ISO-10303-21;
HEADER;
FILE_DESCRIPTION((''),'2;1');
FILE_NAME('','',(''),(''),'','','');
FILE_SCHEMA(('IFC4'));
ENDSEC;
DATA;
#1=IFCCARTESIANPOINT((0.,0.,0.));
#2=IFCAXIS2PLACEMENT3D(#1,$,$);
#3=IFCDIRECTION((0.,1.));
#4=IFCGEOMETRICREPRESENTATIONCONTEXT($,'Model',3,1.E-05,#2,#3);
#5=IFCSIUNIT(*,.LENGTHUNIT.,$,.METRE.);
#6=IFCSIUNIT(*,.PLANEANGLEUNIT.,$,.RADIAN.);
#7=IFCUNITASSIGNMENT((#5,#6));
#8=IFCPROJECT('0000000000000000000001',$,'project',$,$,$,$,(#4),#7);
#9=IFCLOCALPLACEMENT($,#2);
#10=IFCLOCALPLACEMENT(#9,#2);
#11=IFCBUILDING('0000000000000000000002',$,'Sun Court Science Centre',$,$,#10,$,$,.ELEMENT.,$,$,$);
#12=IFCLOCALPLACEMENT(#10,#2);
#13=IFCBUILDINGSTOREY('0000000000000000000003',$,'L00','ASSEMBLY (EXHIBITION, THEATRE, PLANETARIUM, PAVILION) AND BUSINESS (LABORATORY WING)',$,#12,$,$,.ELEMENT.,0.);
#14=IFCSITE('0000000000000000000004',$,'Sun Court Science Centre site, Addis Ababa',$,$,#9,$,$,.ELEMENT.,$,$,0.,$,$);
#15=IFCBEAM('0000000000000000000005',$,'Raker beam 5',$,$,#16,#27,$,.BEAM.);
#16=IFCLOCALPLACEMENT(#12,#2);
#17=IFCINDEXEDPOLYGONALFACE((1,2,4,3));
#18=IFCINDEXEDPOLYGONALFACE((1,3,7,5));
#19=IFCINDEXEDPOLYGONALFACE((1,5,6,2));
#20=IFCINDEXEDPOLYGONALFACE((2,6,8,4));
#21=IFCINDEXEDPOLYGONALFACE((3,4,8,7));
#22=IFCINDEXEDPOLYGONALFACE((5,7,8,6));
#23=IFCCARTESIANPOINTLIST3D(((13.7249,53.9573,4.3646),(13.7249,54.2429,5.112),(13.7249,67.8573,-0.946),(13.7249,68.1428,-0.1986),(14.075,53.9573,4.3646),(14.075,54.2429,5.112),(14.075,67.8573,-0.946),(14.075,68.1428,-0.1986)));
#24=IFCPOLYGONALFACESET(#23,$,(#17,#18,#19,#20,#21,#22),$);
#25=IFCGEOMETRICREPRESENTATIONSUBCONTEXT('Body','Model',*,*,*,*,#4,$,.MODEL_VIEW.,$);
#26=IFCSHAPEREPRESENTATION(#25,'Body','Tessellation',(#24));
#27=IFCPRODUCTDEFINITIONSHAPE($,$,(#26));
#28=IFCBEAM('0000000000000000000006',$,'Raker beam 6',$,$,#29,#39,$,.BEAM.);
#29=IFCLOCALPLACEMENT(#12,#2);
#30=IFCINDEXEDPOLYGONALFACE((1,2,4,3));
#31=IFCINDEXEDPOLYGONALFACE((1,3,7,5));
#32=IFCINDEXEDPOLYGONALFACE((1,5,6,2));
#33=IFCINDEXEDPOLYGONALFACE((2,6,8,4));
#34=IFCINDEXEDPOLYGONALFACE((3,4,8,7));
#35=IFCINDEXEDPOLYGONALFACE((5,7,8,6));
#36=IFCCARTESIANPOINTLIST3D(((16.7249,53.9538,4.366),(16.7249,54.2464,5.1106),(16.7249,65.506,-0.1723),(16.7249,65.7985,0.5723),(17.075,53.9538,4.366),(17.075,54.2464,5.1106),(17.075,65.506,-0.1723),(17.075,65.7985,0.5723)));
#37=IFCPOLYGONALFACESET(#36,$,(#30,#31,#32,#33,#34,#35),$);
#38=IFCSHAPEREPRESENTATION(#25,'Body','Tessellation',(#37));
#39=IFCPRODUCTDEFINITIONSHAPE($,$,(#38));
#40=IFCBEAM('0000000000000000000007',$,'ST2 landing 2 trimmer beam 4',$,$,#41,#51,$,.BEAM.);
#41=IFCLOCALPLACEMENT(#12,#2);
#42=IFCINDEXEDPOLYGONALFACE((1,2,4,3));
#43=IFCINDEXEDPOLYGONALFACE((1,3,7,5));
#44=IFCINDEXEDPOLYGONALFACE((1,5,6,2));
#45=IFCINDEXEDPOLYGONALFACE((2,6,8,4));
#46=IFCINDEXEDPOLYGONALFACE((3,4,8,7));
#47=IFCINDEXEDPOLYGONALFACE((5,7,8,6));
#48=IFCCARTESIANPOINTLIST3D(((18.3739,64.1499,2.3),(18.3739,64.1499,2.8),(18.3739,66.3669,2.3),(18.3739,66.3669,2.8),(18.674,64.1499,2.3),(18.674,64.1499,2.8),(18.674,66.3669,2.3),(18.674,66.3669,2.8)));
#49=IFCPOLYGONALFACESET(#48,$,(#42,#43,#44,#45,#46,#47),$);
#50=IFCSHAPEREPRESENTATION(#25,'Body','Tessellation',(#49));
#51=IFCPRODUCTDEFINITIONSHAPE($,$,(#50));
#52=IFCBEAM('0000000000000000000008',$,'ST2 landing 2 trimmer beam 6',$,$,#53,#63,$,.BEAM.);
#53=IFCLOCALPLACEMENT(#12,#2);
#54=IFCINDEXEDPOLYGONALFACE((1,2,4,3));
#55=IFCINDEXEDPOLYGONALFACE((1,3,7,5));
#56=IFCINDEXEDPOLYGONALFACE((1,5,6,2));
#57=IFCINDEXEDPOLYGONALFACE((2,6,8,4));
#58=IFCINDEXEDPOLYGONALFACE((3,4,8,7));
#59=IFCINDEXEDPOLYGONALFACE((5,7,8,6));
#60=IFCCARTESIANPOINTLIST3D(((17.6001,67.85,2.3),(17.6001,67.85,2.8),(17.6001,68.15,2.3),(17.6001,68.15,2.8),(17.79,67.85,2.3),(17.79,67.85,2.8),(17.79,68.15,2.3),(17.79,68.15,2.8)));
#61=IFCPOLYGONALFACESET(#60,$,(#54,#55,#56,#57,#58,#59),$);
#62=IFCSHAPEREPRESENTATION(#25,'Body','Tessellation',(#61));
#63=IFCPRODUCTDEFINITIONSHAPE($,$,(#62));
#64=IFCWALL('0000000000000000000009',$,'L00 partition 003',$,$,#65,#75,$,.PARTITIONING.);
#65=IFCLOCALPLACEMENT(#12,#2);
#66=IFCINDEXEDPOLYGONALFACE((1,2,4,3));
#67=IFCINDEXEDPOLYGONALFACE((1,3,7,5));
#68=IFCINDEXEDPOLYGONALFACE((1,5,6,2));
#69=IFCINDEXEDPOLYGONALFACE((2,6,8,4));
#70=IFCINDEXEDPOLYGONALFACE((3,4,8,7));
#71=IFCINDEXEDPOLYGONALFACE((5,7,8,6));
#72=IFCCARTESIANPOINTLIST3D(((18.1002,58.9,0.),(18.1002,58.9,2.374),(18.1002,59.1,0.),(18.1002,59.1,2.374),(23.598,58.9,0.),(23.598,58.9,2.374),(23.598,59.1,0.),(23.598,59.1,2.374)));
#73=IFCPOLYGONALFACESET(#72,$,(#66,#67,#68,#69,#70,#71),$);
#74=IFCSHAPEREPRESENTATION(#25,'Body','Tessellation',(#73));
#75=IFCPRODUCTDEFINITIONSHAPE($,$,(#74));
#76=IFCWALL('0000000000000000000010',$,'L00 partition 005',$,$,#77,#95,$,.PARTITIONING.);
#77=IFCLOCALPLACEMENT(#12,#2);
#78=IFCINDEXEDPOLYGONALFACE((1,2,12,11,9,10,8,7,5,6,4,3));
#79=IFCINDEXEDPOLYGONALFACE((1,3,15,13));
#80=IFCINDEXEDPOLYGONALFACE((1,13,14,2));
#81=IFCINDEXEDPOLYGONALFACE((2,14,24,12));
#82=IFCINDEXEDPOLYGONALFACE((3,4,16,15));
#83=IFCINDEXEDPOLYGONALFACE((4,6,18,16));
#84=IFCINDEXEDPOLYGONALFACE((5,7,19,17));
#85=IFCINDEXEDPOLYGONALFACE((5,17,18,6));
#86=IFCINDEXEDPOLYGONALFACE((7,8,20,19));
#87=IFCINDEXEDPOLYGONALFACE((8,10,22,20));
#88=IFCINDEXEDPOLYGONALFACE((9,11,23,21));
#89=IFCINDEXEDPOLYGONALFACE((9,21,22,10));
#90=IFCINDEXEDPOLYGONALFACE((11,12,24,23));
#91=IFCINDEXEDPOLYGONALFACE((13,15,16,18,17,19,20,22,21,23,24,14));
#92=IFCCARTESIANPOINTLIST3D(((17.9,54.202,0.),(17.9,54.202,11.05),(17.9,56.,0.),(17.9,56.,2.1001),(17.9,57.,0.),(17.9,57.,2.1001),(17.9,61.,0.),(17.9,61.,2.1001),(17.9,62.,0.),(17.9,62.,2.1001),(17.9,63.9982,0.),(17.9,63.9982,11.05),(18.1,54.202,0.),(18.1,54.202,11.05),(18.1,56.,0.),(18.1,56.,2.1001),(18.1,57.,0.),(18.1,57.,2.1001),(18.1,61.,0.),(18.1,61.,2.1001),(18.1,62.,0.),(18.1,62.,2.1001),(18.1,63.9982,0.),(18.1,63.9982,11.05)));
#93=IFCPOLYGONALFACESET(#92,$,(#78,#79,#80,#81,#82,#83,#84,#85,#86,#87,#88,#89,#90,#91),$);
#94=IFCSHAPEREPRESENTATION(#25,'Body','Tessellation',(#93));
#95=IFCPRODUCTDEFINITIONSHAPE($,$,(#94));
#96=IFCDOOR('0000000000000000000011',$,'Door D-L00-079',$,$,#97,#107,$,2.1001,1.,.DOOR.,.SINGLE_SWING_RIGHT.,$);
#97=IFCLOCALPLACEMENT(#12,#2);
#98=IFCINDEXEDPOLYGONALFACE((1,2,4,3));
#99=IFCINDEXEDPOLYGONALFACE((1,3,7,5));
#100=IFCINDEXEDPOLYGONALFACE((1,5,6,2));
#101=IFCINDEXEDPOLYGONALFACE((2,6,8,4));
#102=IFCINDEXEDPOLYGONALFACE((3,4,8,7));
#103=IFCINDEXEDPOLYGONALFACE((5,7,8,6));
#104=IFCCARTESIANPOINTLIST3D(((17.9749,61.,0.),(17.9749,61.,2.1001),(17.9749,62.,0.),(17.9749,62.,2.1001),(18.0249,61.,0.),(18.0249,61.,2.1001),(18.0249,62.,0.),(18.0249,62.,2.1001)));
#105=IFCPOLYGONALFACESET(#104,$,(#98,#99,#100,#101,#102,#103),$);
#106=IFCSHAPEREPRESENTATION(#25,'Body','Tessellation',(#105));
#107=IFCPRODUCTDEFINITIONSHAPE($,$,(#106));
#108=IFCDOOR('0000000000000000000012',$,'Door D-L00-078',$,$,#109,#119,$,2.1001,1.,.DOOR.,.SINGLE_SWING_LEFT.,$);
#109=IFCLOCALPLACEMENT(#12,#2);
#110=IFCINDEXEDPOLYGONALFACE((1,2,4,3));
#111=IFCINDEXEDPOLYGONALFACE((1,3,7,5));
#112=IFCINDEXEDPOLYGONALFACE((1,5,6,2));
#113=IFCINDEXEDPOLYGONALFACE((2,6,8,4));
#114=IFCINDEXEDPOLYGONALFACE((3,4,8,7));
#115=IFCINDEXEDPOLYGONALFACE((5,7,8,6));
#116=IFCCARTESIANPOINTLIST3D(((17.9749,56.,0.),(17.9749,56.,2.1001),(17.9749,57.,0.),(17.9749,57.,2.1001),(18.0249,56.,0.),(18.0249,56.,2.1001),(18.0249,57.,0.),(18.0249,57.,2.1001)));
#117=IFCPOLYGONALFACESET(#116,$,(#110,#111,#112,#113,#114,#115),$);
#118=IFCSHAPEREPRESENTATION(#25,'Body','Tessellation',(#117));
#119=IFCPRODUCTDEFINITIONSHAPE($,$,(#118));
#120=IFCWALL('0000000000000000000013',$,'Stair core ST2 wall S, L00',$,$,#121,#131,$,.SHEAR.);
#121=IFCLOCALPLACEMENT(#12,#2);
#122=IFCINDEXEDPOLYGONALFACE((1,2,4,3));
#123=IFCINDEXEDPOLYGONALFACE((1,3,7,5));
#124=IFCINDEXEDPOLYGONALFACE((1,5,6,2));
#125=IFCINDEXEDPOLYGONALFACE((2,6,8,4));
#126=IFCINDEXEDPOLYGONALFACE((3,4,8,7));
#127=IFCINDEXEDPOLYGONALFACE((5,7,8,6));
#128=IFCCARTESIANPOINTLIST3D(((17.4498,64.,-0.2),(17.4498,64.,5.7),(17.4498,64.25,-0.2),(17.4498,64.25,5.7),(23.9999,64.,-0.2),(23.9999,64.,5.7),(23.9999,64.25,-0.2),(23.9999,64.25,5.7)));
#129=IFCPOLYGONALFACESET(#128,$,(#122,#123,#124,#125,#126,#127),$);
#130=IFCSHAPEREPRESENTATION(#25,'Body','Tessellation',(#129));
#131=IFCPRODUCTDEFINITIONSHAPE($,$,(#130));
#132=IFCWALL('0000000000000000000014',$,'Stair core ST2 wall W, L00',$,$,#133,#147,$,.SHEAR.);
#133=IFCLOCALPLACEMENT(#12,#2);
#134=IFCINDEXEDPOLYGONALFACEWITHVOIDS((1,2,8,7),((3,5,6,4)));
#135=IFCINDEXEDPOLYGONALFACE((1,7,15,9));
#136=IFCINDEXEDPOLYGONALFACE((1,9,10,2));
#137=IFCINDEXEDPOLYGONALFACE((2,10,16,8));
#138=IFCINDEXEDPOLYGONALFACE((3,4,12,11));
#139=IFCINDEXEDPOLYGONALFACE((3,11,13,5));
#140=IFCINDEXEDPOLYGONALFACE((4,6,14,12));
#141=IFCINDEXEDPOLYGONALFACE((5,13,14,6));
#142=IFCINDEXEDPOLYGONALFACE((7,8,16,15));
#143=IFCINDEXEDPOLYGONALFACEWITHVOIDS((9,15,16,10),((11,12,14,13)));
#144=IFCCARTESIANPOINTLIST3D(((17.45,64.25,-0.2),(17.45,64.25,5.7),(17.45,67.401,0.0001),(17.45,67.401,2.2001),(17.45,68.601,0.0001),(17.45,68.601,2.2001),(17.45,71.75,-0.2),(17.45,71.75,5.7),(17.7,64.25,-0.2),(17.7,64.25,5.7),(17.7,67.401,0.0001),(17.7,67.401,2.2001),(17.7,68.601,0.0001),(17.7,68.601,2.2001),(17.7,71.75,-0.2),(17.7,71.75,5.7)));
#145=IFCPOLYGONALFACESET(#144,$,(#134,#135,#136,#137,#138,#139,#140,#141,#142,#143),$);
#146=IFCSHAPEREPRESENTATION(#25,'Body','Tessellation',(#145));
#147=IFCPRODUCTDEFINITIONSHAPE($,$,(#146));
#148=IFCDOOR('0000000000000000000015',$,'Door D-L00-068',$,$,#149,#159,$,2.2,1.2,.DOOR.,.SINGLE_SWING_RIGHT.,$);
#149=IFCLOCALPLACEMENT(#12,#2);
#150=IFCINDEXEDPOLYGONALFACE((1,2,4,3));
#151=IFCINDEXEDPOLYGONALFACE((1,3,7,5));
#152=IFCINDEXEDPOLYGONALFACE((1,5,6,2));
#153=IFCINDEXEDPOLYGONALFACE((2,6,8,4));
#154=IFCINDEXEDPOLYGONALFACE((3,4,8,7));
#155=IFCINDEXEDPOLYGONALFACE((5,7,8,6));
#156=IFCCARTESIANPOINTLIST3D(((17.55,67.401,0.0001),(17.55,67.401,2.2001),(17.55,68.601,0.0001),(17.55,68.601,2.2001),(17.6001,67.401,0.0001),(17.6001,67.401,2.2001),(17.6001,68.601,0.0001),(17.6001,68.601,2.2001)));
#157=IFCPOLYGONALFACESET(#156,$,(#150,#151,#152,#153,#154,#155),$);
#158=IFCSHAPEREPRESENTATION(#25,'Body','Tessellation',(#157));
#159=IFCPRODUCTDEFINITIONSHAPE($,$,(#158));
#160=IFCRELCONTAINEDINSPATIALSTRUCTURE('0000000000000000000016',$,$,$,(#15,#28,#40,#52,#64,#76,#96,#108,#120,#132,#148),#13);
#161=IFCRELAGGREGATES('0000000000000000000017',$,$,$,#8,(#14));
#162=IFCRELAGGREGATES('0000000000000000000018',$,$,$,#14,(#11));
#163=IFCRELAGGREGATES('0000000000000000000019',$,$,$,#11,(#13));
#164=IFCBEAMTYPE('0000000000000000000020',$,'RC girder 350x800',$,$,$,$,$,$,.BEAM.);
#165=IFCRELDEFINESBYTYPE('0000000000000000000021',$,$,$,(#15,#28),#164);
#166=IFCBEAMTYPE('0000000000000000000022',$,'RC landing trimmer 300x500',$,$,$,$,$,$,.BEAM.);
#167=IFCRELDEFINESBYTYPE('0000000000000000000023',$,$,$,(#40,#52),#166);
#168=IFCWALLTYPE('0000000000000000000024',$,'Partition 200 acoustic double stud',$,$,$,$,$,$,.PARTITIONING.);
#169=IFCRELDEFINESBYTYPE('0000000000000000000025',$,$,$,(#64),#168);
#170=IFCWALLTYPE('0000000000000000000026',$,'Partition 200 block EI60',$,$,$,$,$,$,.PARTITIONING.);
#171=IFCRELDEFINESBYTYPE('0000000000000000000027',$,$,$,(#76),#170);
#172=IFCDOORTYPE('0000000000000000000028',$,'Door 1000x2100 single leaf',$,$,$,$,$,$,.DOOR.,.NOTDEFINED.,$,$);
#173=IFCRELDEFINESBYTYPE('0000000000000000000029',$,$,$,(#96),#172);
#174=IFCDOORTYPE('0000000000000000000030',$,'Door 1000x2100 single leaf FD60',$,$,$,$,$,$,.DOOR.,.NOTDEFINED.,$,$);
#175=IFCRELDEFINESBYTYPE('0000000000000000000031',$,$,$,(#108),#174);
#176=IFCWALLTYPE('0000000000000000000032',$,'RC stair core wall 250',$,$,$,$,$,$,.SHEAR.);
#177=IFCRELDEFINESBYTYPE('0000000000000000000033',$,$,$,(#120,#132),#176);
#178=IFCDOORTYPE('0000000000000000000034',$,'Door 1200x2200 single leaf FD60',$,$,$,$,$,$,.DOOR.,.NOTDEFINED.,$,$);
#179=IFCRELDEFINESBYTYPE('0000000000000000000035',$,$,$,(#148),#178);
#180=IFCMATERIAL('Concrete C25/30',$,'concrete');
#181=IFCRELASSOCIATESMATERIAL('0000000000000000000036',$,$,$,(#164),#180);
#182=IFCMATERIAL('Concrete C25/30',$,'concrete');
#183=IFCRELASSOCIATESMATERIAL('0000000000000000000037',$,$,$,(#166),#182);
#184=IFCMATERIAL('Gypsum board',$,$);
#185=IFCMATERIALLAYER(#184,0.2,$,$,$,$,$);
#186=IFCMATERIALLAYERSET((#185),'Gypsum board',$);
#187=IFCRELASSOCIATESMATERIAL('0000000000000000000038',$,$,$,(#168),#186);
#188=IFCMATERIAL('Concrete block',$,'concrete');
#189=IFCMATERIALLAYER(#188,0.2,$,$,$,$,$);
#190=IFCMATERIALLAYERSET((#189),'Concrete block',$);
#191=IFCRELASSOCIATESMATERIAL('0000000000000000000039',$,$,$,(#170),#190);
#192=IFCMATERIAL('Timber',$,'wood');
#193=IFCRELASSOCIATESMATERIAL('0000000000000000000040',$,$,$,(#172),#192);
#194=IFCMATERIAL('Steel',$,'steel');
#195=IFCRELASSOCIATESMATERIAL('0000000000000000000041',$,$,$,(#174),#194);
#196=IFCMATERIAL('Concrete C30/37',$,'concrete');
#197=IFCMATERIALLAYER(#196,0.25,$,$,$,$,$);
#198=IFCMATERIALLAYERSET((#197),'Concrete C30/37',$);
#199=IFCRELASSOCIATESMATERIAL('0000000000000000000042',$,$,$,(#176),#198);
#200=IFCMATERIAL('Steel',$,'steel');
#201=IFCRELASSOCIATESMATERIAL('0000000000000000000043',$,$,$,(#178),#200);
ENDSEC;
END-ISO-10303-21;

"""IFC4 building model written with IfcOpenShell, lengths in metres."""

from ifc_helpers import new_model, si_unit, direction, frame, frame_2d, origin, origin_2d, place, context, subcontext, project, spatial, rectangle, extrude, material, layer, layer_set, material_profile, profile_set, type_object, element, fill, save


model = new_model("IFC4")

# Units and contexts
model_context = context("Model", 3, precision=1e-05, world=origin(), true_north=direction((0.0, 1.0)))
body_context = subcontext(model_context, "Body", "Model", "MODEL_VIEW")
ifc_project = project(units=[si_unit("LENGTHUNIT", "METRE"), si_unit("PLANEANGLEUNIT", "RADIAN")], contexts=[model_context])

# Site, building, storey
site_placement = place(None, origin())
site = spatial("IfcSite", under=ifc_project, at=site_placement, Name="Sun Court Science Centre site, Addis Ababa", CompositionType="ELEMENT", RefElevation=0.0)
building_placement = place(site_placement, origin())
building = spatial("IfcBuilding", under=site, at=building_placement, Name="Sun Court Science Centre", CompositionType="ELEMENT")
storey_placement = place(building_placement, origin())
storey = spatial("IfcBuildingStorey", under=building, at=storey_placement, Name="L00", Description="ASSEMBLY (EXHIBITION, THEATRE, PLANETARIUM, PAVILION) AND BUSINESS (LABORATORY WING)", CompositionType="ELEMENT", Elevation=0.0)

# Beams
ifc_material_1 = material(Name="Concrete C25/30", Category="concrete")
ifc_material_profile_1 = material_profile(ifc_material_1, rectangle(XDim=0.3501, YDim=0.8, at=origin_2d()), Name="RC 350x800")
ifc_profile_set_1 = profile_set([ifc_material_profile_1], Name="Concrete C25/30")
beam_type_1 = type_object("IfcBeamType", Name="RC girder 350x800", PredefinedType="BEAM", material=ifc_profile_set_1)
beam_1_placement = place(storey_placement, frame((13.8999, 54.1001, 4.7383), z_axis=(0.0, 0.934144, -0.356896), x_axis=(-1.0, 0.0, 0.0)))
element("IfcBeam", 1, at=beam_1_placement, inside=storey, type_object=beam_type_1, Name="Raker beam 5", PredefinedType="BEAM", context=body_context, shape_type="SweptSolid", body=[
    extrude(rectangle(XDim=0.3501, YDim=0.8, at=origin_2d()), origin(), (0.0, 0.0, 1.0), 14.8799),
])
beam_2_placement = place(storey_placement, frame((16.8999, 54.1001, 4.7383), z_axis=(0.0, 0.930753, -0.365649), x_axis=(-1.0, 0.0, 0.0)))
element("IfcBeam", 2, at=beam_2_placement, inside=storey, type_object=beam_type_1, Name="Raker beam 6", PredefinedType="BEAM", context=body_context, shape_type="SweptSolid", body=[
    extrude(rectangle(XDim=0.3501, YDim=0.8, at=origin_2d()), origin(), (0.0, 0.0, 1.0), 12.4116),
])
ifc_material_2 = material(Name="Concrete C25/30", Category="concrete")
ifc_material_profile_2 = material_profile(ifc_material_2, rectangle(XDim=0.3, YDim=0.5, at=origin_2d()), Name="RC 300x500")
ifc_profile_set_2 = profile_set([ifc_material_profile_2], Name="Concrete C25/30")
beam_type_2 = type_object("IfcBeamType", Name="RC landing trimmer 300x500", PredefinedType="BEAM", material=ifc_profile_set_2)
beam_3_placement = place(storey_placement, frame((18.5239, 64.1499, 2.55), z_axis=(0.0, 1.0, 0.0), x_axis=(-1.0, 0.0, 0.0)))
element("IfcBeam", 3, at=beam_3_placement, inside=storey, type_object=beam_type_2, Name="ST2 landing 2 trimmer beam 4", PredefinedType="BEAM", context=body_context, shape_type="SweptSolid", body=[
    extrude(rectangle(XDim=0.3, YDim=0.5, at=origin_2d()), origin(), (0.0, 0.0, 1.0), 2.217),
])
beam_4_placement = place(storey_placement, frame((17.6001, 68.0, 2.55), z_axis=(1.0, 0.0, 0.0), x_axis=(0.0, 1.0, 0.0)))
element("IfcBeam", 4, at=beam_4_placement, inside=storey, type_object=beam_type_2, Name="ST2 landing 2 trimmer beam 6", PredefinedType="BEAM", context=body_context, shape_type="SweptSolid", body=[
    extrude(rectangle(XDim=0.3, YDim=0.5, at=origin_2d()), origin(), (0.0, 0.0, 1.0), 0.1899),
])

# Wall
ifc_material_3 = material(Name="Gypsum board")
ifc_layer_1 = layer(ifc_material_3, 0.2)
ifc_layer_set_1 = layer_set([ifc_layer_1], Name="Gypsum board")
wall_type_1 = type_object("IfcWallType", Name="Partition 200 acoustic double stud", PredefinedType="PARTITIONING", material=ifc_layer_set_1)
wall_1_placement = place(storey_placement, frame((18.1001, 59.0, 0.0), z_axis=(0.0, 0.0, 1.0), x_axis=(1.0, 0.0, 0.0)))
element("IfcWall", 5, at=wall_1_placement, inside=storey, type_object=wall_type_1, Name="L00 partition 003", PredefinedType="PARTITIONING", context=body_context, shape_type="SweptSolid", body=[
    extrude(rectangle(XDim=5.4978, YDim=0.2, at=frame_2d((2.749, 0.0))), origin(), (0.0, 0.0, 1.0), 2.374),
])

# Wall, openings, doors
ifc_material_4 = material(Name="Concrete block", Category="concrete")
ifc_layer_2 = layer(ifc_material_4, 0.2)
ifc_layer_set_2 = layer_set([ifc_layer_2], Name="Concrete block")
wall_type_2 = type_object("IfcWallType", Name="Partition 200 block EI60", PredefinedType="PARTITIONING", material=ifc_layer_set_2)
wall_2_placement = place(storey_placement, frame((18.0, 63.998, 0.0), z_axis=(0.0, 0.0, 1.0), x_axis=(0.0, -1.0, 0.0)))
wall_2 = element("IfcWall", 6, at=wall_2_placement, inside=storey, type_object=wall_type_2, Name="L00 partition 005", PredefinedType="PARTITIONING", context=body_context, shape_type="SweptSolid", body=[
    extrude(rectangle(XDim=9.7961, YDim=0.2, at=frame_2d((4.8979, 0.0))), origin(), (0.0, 0.0, 1.0), 11.05),
])
opening_1_placement = place(wall_2_placement, frame((6.998, 0.0, 0.0)))
opening_1 = element("IfcOpeningElement", 7, at=opening_1_placement, cuts=wall_2, PredefinedType="OPENING", context=body_context, shape_type="SweptSolid", body=[
    extrude(rectangle(XDim=1.0, YDim=2.1001, at=frame_2d((0.5, 1.05))), frame((0.0, 0.1099, 0.0), z_axis=(0.0, -1.0, 0.0), x_axis=(1.0, 0.0, 0.0)), (0.0, 0.0, 1.0), 0.22),
])
opening_2_placement = place(wall_2_placement, frame((1.998, 0.0, 0.0)))
opening_2 = element("IfcOpeningElement", 8, at=opening_2_placement, cuts=wall_2, PredefinedType="OPENING", context=body_context, shape_type="SweptSolid", body=[
    extrude(rectangle(XDim=1.0, YDim=2.1001, at=frame_2d((0.5, 1.05))), frame((0.0, 0.1099, 0.0), z_axis=(0.0, -1.0, 0.0), x_axis=(1.0, 0.0, 0.0)), (0.0, 0.0, 1.0), 0.22),
])
ifc_material_5 = material(Name="Timber", Category="wood")
door_type_1 = type_object("IfcDoorType", Name="Door 1000x2100 single leaf", OperationType="NOTDEFINED", PredefinedType="DOOR", material=ifc_material_5)
door_1_placement = place(opening_2_placement, origin())
door_1 = element("IfcDoor", 9, at=door_1_placement, inside=storey, type_object=door_type_1, Name="Door D-L00-079", OperationType="SINGLE_SWING_RIGHT", OverallHeight=2.1001, OverallWidth=1.0, PredefinedType="DOOR", context=body_context, shape_type="SweptSolid", body=[
    extrude(rectangle(XDim=1.0, YDim=2.1001, at=frame_2d((0.5, 1.05))), frame((0.0, 0.0249, 0.0), z_axis=(0.0, -1.0, 0.0), x_axis=(1.0, 0.0, 0.0)), (0.0, 0.0, 1.0), 0.05),
])
fill(opening_2, door_1)
ifc_material_6 = material(Name="Steel", Category="steel")
door_type_2 = type_object("IfcDoorType", Name="Door 1000x2100 single leaf FD60", OperationType="NOTDEFINED", PredefinedType="DOOR", material=ifc_material_6)
door_2_placement = place(opening_1_placement, origin())
door_2 = element("IfcDoor", 10, at=door_2_placement, inside=storey, type_object=door_type_2, Name="Door D-L00-078", OperationType="SINGLE_SWING_LEFT", OverallHeight=2.1001, OverallWidth=1.0, PredefinedType="DOOR", context=body_context, shape_type="SweptSolid", body=[
    extrude(rectangle(XDim=1.0, YDim=2.1001, at=frame_2d((0.5, 1.05))), frame((0.0, 0.0249, 0.0), z_axis=(0.0, -1.0, 0.0), x_axis=(1.0, 0.0, 0.0)), (0.0, 0.0, 1.0), 0.05),
])
fill(opening_1, door_2)

# Wall
ifc_material_7 = material(Name="Concrete C30/37", Category="concrete")
ifc_layer_3 = layer(ifc_material_7, 0.25)
ifc_layer_set_3 = layer_set([ifc_layer_3], Name="Concrete C30/37")
wall_type_3 = type_object("IfcWallType", Name="RC stair core wall 250", PredefinedType="SHEAR", material=ifc_layer_set_3)
wall_3_placement = place(storey_placement, frame((17.45, 64.125, -0.2), z_axis=(0.0, 0.0, 1.0), x_axis=(1.0, 0.0, 0.0)))
element("IfcWall", 11, at=wall_3_placement, inside=storey, type_object=wall_type_3, Name="Stair core ST2 wall S, L00", PredefinedType="SHEAR", context=body_context, shape_type="SweptSolid", body=[
    extrude(rectangle(XDim=6.55, YDim=0.25, at=frame_2d((3.2749, 0.0))), origin(), (0.0, 0.0, 1.0), 5.8999),
])

# Wall, opening, door
wall_4_placement = place(storey_placement, frame((17.575, 64.25, -0.2), z_axis=(0.0, 0.0, 1.0), x_axis=(0.0, 1.0, 0.0)))
wall_4 = element("IfcWall", 12, at=wall_4_placement, inside=storey, type_object=wall_type_3, Name="Stair core ST2 wall W, L00", PredefinedType="SHEAR", context=body_context, shape_type="SweptSolid", body=[
    extrude(rectangle(XDim=7.5, YDim=0.25, at=frame_2d((3.75, 0.0))), origin(), (0.0, 0.0, 1.0), 5.8999),
])
opening_3_placement = place(wall_4_placement, frame((3.1509, 0.0, 0.2)))
opening_3 = element("IfcOpeningElement", 13, at=opening_3_placement, cuts=wall_4, PredefinedType="OPENING", context=body_context, shape_type="SweptSolid", body=[
    extrude(rectangle(XDim=1.2, YDim=2.2, at=frame_2d((0.6001, 1.1001))), frame((0.0, 0.135, 0.0), z_axis=(0.0, -1.0, 0.0), x_axis=(1.0, 0.0, 0.0)), (0.0, 0.0, 1.0), 0.27),
])
ifc_material_8 = material(Name="Steel", Category="steel")
door_type_3 = type_object("IfcDoorType", Name="Door 1200x2200 single leaf FD60", OperationType="NOTDEFINED", PredefinedType="DOOR", material=ifc_material_8)
door_3_placement = place(opening_3_placement, origin())
door_3 = element("IfcDoor", 14, at=door_3_placement, inside=storey, type_object=door_type_3, Name="Door D-L00-068", OperationType="SINGLE_SWING_RIGHT", OverallHeight=2.2, OverallWidth=1.2, PredefinedType="DOOR", context=body_context, shape_type="SweptSolid", body=[
    extrude(rectangle(XDim=1.2, YDim=2.2, at=frame_2d((0.6001, 1.1001))), frame((0.0, 0.0249, 0.0), z_axis=(0.0, -1.0, 0.0), x_axis=(1.0, 0.0, 0.0)), (0.0, 0.0, 1.0), 0.05),
])
fill(opening_3, door_3)

save(model, "model.ifc")
